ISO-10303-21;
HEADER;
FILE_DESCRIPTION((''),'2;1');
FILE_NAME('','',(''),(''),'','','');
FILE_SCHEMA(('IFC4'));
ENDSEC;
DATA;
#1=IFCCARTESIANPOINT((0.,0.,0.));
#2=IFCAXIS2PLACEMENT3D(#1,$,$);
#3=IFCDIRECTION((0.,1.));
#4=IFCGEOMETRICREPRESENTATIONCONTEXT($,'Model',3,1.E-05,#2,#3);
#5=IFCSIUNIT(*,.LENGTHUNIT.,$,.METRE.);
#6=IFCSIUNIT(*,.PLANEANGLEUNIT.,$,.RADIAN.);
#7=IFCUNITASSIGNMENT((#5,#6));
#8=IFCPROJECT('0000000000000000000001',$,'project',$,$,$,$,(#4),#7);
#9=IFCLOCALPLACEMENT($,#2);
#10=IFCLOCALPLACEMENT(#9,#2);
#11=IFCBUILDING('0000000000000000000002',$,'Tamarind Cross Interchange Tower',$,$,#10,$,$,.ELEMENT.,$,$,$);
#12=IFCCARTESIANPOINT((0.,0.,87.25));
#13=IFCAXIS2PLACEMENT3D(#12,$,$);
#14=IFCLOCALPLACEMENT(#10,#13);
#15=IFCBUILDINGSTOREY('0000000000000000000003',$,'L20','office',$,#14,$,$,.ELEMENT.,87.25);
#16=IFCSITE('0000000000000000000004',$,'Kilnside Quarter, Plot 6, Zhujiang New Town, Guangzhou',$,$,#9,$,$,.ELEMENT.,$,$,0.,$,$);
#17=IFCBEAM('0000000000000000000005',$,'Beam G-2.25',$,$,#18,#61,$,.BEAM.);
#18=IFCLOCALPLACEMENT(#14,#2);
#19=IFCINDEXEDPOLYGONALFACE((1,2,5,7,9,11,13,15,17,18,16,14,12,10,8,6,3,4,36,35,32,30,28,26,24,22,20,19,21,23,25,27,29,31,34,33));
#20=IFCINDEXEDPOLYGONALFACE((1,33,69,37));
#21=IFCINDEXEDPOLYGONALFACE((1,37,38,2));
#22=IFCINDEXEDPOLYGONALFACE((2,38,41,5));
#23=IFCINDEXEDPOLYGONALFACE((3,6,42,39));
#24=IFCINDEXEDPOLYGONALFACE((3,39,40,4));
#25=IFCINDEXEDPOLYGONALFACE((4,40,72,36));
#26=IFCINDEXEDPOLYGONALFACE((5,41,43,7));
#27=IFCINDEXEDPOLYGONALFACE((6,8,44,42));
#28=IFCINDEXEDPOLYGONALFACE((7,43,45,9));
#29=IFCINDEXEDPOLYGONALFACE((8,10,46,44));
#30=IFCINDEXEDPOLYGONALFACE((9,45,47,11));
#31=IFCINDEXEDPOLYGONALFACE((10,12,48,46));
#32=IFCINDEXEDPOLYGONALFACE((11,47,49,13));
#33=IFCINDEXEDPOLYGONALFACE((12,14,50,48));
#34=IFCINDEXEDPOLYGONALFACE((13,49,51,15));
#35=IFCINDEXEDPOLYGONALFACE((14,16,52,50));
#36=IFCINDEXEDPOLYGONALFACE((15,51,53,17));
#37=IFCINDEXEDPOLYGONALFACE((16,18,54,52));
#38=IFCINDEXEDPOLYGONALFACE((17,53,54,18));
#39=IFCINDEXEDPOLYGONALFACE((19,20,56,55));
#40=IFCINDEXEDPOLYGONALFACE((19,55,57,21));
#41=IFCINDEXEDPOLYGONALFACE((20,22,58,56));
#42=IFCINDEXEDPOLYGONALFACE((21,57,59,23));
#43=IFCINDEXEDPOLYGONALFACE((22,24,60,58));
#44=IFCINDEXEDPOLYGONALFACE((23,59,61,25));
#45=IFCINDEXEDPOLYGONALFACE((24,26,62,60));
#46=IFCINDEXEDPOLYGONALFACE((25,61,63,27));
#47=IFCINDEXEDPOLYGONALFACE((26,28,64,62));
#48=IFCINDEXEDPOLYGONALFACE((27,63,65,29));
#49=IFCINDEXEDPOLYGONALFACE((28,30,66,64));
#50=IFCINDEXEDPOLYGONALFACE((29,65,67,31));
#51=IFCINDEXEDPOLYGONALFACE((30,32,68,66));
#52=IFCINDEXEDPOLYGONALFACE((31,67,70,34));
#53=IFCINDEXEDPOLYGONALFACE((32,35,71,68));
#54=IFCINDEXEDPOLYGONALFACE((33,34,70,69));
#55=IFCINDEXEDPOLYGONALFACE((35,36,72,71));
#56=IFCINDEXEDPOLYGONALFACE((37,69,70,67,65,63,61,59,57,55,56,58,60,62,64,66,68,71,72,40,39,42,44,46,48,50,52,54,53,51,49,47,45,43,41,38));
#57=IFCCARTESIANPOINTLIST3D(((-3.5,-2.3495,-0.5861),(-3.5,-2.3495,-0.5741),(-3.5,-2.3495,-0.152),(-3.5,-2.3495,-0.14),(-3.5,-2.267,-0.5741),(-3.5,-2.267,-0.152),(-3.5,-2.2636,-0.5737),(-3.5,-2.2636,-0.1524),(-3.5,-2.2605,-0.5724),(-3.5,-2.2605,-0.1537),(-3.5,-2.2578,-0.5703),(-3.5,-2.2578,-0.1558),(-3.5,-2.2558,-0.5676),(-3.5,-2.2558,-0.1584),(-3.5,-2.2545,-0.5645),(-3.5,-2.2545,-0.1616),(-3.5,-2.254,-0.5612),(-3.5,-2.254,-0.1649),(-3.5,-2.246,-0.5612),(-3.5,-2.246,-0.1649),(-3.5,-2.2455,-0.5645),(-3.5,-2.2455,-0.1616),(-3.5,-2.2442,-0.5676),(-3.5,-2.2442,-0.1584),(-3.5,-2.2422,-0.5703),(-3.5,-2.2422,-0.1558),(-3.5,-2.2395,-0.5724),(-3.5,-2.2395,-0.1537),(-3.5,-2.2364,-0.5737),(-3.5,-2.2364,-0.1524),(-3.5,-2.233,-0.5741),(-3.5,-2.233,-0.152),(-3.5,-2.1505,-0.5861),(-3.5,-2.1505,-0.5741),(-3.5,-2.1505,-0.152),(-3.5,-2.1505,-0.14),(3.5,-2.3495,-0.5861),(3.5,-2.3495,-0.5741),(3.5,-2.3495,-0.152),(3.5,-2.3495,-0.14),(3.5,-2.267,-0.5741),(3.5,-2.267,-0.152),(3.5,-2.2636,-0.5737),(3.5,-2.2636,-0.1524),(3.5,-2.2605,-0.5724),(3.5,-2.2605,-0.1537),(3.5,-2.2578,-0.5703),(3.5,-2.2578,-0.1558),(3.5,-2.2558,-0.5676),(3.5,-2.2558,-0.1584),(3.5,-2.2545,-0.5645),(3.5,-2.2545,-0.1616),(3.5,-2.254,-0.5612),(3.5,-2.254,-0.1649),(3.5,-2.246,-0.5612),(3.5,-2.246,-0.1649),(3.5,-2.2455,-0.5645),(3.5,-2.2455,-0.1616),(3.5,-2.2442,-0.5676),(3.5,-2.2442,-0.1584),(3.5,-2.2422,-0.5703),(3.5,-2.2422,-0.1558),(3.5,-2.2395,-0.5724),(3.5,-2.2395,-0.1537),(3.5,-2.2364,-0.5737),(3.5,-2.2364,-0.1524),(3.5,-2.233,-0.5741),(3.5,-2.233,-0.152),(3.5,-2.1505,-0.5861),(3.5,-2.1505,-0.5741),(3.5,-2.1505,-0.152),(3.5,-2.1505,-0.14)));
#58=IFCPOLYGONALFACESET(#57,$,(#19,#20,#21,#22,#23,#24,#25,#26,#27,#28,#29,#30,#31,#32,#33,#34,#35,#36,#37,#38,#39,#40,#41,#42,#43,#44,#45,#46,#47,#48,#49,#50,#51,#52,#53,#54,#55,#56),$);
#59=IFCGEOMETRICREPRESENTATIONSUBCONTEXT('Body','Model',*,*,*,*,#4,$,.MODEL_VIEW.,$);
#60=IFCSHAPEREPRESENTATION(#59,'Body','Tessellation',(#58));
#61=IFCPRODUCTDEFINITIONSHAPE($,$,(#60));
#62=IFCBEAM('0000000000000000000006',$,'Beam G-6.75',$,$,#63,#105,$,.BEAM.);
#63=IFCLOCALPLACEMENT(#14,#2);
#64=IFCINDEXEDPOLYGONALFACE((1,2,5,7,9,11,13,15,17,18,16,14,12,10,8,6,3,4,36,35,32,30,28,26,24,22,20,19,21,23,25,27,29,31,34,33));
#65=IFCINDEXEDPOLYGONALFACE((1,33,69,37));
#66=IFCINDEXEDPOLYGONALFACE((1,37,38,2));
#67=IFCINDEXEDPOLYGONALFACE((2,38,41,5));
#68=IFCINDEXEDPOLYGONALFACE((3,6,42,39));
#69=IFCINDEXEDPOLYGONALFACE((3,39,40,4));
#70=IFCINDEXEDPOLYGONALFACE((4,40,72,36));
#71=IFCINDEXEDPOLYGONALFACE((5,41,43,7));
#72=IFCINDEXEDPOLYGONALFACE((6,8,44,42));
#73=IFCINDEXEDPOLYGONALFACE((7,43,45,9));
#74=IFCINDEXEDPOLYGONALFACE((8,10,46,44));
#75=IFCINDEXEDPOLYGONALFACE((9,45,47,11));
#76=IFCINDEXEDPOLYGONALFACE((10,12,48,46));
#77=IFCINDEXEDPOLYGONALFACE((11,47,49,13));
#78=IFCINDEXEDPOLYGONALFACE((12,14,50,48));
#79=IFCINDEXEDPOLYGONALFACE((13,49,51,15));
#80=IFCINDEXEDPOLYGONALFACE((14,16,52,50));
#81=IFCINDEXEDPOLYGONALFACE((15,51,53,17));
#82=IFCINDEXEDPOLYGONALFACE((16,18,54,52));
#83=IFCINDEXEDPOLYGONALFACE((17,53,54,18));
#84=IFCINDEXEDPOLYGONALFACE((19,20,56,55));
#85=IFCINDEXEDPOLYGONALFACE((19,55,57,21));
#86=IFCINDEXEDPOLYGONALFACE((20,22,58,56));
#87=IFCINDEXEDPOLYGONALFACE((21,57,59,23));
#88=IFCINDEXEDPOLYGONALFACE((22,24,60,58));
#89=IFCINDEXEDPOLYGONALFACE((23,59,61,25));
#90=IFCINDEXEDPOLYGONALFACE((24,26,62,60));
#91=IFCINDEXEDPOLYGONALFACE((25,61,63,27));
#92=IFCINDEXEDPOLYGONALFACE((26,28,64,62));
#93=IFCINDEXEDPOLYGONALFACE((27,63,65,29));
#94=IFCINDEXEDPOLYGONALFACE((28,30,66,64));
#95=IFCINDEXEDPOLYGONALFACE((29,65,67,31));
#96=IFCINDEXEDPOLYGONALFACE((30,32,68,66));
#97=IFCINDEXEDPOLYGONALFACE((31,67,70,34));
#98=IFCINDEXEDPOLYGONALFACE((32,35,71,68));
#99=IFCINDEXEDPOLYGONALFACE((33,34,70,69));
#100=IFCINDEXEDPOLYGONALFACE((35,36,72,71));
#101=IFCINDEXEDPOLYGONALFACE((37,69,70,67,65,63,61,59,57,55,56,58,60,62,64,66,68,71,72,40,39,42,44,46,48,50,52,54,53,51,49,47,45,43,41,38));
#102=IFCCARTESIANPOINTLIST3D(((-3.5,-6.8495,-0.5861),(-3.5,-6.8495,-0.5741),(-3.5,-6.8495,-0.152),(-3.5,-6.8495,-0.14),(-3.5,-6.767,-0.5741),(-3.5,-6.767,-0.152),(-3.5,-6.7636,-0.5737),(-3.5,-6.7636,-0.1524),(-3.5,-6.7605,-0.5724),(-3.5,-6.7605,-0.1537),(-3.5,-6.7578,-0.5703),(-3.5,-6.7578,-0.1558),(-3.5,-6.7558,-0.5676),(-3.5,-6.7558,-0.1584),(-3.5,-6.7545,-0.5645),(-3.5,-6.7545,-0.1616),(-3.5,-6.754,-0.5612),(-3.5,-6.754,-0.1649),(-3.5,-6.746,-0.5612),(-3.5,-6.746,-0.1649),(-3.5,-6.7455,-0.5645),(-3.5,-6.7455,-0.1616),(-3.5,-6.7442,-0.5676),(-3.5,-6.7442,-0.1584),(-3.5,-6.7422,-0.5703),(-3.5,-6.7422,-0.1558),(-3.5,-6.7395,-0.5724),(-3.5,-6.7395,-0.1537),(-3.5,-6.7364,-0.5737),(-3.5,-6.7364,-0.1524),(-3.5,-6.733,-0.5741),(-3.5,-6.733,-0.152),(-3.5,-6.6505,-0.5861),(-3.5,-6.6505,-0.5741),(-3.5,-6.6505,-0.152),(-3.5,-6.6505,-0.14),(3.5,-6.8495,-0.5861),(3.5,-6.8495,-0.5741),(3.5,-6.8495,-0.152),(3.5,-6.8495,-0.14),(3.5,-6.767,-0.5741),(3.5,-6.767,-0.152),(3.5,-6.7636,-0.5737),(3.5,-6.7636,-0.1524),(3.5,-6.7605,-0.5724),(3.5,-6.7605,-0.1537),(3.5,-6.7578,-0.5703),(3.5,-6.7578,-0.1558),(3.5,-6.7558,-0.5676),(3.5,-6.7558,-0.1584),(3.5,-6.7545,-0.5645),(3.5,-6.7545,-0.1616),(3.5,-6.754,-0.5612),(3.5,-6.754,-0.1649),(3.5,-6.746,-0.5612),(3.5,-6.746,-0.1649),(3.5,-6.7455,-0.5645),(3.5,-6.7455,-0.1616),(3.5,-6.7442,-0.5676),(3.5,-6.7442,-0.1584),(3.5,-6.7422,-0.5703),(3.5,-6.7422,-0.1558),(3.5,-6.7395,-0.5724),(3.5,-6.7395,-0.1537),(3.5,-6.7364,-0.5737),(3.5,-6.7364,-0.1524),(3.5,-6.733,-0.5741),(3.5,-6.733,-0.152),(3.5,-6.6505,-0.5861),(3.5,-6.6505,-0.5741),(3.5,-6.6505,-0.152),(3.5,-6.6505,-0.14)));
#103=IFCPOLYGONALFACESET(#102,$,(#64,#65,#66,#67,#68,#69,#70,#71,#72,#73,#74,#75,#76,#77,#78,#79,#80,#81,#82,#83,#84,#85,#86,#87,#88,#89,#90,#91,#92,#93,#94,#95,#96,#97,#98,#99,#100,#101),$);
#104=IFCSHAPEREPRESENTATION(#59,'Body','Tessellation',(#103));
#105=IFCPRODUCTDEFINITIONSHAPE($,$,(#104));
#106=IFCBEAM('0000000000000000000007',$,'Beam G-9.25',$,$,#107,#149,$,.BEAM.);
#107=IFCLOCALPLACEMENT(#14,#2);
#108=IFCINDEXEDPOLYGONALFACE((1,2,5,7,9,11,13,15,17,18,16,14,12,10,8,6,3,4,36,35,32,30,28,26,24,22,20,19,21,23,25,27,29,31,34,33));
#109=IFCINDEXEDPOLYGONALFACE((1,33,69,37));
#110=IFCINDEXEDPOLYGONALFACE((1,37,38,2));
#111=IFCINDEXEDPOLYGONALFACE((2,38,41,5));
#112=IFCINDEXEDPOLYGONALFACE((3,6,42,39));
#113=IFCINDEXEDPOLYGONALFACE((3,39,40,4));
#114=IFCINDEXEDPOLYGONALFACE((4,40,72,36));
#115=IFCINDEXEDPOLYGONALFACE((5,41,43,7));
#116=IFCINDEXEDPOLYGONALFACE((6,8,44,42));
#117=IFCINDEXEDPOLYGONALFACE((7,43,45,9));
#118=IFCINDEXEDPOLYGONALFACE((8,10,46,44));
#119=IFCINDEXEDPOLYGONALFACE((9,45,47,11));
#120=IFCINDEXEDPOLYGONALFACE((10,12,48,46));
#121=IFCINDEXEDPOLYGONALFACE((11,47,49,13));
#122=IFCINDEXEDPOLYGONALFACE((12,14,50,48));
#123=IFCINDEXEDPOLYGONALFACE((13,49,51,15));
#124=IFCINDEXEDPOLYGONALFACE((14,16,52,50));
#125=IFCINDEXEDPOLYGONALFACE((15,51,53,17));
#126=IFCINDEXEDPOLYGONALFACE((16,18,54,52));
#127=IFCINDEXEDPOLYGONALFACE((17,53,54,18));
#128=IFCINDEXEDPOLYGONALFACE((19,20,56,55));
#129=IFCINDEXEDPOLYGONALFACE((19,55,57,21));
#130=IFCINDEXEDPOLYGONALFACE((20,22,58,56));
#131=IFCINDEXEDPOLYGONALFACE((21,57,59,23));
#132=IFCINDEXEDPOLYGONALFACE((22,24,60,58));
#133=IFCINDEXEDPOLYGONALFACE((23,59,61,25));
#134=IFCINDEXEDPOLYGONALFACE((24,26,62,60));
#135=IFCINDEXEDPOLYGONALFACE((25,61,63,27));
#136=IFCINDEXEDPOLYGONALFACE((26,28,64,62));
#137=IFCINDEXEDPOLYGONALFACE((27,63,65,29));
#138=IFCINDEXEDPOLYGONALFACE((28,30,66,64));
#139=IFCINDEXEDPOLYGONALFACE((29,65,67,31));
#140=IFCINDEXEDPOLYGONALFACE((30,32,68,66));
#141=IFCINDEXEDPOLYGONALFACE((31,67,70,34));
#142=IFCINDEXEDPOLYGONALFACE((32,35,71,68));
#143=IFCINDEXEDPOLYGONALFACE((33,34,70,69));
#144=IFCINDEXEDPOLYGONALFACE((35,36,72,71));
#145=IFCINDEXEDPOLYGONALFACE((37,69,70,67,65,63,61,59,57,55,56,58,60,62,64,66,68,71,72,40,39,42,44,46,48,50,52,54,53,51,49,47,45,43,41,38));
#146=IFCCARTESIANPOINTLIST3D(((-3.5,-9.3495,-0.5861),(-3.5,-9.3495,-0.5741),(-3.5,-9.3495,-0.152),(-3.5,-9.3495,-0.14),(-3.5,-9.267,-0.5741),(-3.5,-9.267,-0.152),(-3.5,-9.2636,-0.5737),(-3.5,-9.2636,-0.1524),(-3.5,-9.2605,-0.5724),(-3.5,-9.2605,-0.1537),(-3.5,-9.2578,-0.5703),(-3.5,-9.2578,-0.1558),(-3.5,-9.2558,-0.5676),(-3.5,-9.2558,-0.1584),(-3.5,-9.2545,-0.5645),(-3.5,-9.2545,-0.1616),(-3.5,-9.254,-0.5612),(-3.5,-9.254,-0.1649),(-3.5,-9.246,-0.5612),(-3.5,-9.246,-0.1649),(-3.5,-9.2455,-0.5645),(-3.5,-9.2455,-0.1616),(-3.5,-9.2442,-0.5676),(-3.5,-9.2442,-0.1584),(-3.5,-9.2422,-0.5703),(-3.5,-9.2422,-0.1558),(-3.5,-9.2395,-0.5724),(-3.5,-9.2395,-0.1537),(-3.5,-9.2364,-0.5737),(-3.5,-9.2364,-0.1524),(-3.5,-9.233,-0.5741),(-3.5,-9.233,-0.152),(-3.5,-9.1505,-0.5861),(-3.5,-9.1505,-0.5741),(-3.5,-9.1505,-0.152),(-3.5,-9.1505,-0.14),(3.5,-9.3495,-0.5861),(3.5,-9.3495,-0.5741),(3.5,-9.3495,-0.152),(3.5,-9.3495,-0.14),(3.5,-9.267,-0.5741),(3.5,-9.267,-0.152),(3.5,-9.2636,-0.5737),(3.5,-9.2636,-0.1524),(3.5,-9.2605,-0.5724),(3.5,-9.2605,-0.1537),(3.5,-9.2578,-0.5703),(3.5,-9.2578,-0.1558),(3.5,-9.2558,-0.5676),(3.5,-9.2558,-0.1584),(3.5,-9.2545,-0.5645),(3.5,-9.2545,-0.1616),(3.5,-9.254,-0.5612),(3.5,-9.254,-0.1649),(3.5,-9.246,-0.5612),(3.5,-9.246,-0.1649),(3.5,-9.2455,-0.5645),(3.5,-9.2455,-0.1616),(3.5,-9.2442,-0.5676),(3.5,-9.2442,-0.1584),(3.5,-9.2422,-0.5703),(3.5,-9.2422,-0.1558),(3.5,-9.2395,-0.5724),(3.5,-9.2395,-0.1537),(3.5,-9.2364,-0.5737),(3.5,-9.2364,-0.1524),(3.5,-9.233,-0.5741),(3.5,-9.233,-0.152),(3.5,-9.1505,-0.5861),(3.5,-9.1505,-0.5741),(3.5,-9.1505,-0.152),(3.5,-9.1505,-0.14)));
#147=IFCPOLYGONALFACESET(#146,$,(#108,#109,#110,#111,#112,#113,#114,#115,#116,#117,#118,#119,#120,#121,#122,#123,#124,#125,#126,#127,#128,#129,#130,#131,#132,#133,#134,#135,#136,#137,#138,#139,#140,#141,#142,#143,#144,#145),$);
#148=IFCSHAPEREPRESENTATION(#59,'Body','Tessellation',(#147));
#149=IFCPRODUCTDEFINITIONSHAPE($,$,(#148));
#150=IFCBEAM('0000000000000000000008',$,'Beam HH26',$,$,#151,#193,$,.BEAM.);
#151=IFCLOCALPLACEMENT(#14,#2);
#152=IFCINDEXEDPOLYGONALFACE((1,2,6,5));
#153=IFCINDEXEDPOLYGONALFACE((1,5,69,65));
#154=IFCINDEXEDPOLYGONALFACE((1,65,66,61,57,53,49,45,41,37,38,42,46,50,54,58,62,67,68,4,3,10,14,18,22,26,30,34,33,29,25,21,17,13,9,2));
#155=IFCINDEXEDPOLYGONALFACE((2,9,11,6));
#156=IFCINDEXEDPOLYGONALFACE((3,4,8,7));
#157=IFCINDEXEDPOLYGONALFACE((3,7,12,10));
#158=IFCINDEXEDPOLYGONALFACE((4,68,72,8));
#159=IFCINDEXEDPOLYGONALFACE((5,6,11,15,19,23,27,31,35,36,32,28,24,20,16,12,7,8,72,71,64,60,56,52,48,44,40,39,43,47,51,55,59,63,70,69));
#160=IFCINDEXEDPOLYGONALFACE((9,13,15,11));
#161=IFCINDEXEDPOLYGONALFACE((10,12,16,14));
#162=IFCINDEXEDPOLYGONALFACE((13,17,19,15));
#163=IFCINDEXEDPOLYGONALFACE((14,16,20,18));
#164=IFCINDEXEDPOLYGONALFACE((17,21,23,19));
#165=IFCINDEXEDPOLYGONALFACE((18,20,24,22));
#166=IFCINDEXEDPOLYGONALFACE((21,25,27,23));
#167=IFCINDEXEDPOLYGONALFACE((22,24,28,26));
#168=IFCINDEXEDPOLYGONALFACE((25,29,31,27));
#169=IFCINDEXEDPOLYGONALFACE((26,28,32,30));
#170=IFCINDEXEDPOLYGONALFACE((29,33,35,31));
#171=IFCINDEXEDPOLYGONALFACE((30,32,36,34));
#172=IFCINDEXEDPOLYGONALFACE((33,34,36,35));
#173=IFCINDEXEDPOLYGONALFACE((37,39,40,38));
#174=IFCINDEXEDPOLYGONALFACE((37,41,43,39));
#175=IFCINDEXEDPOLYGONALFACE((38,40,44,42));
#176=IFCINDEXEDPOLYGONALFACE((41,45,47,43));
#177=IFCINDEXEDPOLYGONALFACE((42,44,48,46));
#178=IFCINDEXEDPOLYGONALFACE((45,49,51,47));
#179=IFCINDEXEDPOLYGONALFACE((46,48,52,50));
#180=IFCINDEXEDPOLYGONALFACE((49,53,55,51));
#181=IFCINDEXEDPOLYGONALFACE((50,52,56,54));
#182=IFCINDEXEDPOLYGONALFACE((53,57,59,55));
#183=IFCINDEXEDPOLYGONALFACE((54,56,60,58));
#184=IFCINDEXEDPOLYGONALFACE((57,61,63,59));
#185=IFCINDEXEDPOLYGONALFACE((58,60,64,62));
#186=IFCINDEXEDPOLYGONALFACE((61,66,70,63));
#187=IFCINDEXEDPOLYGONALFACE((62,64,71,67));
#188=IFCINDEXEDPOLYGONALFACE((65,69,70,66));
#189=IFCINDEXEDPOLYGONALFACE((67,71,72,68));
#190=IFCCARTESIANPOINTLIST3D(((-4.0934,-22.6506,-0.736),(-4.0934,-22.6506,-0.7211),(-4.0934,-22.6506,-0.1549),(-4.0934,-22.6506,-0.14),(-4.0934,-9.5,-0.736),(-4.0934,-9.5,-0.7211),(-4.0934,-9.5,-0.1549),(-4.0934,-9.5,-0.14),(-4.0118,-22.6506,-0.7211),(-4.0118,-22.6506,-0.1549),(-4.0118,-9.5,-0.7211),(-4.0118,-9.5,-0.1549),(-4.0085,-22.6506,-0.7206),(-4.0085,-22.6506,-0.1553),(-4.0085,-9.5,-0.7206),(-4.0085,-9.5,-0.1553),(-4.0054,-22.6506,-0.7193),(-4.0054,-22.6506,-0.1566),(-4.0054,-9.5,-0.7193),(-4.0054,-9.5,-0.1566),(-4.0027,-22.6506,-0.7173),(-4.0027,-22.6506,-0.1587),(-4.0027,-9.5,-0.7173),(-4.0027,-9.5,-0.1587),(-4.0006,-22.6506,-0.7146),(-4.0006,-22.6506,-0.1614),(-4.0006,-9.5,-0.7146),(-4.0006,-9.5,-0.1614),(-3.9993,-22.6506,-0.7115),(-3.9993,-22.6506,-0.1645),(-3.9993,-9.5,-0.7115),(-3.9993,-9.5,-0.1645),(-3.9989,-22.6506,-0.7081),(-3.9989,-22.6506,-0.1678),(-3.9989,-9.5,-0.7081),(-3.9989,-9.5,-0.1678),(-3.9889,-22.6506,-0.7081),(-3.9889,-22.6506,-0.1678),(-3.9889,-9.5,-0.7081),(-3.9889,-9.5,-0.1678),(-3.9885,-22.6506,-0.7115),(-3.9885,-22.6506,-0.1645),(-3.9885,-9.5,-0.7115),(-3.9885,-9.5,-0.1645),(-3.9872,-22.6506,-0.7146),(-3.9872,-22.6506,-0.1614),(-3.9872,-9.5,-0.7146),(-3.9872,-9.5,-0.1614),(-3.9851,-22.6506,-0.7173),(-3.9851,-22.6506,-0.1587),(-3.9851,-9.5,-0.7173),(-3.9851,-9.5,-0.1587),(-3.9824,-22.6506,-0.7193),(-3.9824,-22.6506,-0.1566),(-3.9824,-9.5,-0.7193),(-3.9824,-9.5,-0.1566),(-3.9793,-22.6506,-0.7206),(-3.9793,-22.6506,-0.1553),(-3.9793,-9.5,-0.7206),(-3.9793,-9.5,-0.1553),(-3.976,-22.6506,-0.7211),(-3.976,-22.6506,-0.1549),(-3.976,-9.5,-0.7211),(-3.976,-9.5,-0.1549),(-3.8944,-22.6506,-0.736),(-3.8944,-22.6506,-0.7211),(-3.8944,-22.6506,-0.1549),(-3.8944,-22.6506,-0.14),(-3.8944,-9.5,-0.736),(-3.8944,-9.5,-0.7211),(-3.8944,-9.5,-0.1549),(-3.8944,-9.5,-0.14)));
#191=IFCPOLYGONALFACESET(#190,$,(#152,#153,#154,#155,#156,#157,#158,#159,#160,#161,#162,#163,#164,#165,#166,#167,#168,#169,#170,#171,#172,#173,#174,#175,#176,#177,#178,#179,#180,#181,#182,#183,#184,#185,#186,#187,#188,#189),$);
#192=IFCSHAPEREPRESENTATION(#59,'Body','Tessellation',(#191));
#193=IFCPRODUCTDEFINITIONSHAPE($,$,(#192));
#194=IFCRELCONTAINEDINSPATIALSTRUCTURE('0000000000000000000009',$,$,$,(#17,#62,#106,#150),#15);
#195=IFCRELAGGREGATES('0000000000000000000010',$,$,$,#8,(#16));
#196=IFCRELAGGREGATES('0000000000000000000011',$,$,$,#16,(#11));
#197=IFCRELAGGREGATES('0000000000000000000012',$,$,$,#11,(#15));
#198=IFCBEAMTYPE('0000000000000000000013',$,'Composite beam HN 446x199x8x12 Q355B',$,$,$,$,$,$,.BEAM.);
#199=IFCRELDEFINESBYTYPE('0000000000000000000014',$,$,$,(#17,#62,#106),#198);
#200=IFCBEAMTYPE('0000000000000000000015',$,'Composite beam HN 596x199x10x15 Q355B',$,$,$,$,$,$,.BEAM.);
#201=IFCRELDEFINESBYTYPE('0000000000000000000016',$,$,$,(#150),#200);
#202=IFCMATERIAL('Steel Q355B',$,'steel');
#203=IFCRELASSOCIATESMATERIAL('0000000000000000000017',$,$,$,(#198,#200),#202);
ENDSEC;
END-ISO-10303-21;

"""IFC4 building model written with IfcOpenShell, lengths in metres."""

from ifc_helpers import new_model, si_unit, direction, frame, origin, origin_2d, place, context, subcontext, project, spatial, i_section, extrude, material, material_profile, profile_set, type_object, element, save


model = new_model("IFC4")

# Units and contexts
model_context = context("Model", 3, precision=1e-05, world=origin(), true_north=direction((0.0, 1.0)))
body_context = subcontext(model_context, "Body", "Model", "MODEL_VIEW")
ifc_project = project(units=[si_unit("LENGTHUNIT", "METRE"), si_unit("PLANEANGLEUNIT", "RADIAN")], contexts=[model_context])

# Site, building, storey
site_placement = place(None, origin())
site = spatial("IfcSite", under=ifc_project, at=site_placement, Name="Kilnside Quarter, Plot 6, Zhujiang New Town, Guangzhou", CompositionType="ELEMENT", RefElevation=0.0)
building_placement = place(site_placement, origin())
building = spatial("IfcBuilding", under=site, at=building_placement, Name="Tamarind Cross Interchange Tower", CompositionType="ELEMENT")
storey_placement = place(building_placement, frame((0.0, 0.0, 87.25)))
storey = spatial("IfcBuildingStorey", under=building, at=storey_placement, Name="L20", Description="office", CompositionType="ELEMENT", Elevation=87.25)

# Beams
ifc_material_1 = material(Name="Steel Q355B", Category="steel")
ifc_material_profile_1 = material_profile(ifc_material_1, i_section(OverallWidth=0.199, OverallDepth=0.446, WebThickness=0.0081, FlangeThickness=0.012, FilletRadius=0.0129, at=origin_2d()), Name="HN 446x199x8x12")
ifc_profile_set_1 = profile_set([ifc_material_profile_1], Name="Steel Q355B")
beam_type_1 = type_object("IfcBeamType", Name="Composite beam HN 446x199x8x12 Q355B", PredefinedType="BEAM", material=ifc_profile_set_1)
for number, where, z_axis, x_axis, name in (
    (1, (-3.5, -2.25, -0.363), (1.0, 0.0, 0.0), (0.0, 1.0, 0.0), "Beam G-2.25"),
    (2, (-3.5, -6.75, -0.363), (1.0, 0.0, 0.0), (0.0, 1.0, 0.0), "Beam G-6.75"),
    (3, (-3.5, -9.25, -0.363), (1.0, 0.0, 0.0), (0.0, 1.0, 0.0), "Beam G-9.25"),
):
    element("IfcBeam", number, at=place(storey_placement, frame(where, z_axis=z_axis, x_axis=x_axis)), inside=storey, type_object=beam_type_1, Name=name, PredefinedType="BEAM", context=body_context, shape_type="SweptSolid", body=[
        extrude(i_section(OverallWidth=0.199, OverallDepth=0.446, WebThickness=0.0081, FlangeThickness=0.012, FilletRadius=0.0129, at=origin_2d()), origin(), (0.0, 0.0, 1.0), 7.0),
    ])
ifc_material_profile_2 = material_profile(ifc_material_1, i_section(OverallWidth=0.199, OverallDepth=0.5959, WebThickness=0.01, FlangeThickness=0.0149, FilletRadius=0.0129, at=origin_2d()), Name="HN 596x199x10x15")
ifc_profile_set_2 = profile_set([ifc_material_profile_2], Name="Steel Q355B")
beam_type_2 = type_object("IfcBeamType", Name="Composite beam HN 596x199x10x15 Q355B", PredefinedType="BEAM", material=ifc_profile_set_2)
beam_placement = place(storey_placement, frame((-3.9939, -22.6506, -0.438), z_axis=(0.0, 1.0, 0.0), x_axis=(-1.0, 0.0, 0.0)))
element("IfcBeam", 4, at=beam_placement, inside=storey, type_object=beam_type_2, Name="Beam HH26", PredefinedType="BEAM", context=body_context, shape_type="SweptSolid", body=[
    extrude(i_section(OverallWidth=0.199, OverallDepth=0.5959, WebThickness=0.01, FlangeThickness=0.0149, FilletRadius=0.0129, at=origin_2d()), origin(), (0.0, 0.0, 1.0), 13.1506),
])

save(model, "model.ifc")
